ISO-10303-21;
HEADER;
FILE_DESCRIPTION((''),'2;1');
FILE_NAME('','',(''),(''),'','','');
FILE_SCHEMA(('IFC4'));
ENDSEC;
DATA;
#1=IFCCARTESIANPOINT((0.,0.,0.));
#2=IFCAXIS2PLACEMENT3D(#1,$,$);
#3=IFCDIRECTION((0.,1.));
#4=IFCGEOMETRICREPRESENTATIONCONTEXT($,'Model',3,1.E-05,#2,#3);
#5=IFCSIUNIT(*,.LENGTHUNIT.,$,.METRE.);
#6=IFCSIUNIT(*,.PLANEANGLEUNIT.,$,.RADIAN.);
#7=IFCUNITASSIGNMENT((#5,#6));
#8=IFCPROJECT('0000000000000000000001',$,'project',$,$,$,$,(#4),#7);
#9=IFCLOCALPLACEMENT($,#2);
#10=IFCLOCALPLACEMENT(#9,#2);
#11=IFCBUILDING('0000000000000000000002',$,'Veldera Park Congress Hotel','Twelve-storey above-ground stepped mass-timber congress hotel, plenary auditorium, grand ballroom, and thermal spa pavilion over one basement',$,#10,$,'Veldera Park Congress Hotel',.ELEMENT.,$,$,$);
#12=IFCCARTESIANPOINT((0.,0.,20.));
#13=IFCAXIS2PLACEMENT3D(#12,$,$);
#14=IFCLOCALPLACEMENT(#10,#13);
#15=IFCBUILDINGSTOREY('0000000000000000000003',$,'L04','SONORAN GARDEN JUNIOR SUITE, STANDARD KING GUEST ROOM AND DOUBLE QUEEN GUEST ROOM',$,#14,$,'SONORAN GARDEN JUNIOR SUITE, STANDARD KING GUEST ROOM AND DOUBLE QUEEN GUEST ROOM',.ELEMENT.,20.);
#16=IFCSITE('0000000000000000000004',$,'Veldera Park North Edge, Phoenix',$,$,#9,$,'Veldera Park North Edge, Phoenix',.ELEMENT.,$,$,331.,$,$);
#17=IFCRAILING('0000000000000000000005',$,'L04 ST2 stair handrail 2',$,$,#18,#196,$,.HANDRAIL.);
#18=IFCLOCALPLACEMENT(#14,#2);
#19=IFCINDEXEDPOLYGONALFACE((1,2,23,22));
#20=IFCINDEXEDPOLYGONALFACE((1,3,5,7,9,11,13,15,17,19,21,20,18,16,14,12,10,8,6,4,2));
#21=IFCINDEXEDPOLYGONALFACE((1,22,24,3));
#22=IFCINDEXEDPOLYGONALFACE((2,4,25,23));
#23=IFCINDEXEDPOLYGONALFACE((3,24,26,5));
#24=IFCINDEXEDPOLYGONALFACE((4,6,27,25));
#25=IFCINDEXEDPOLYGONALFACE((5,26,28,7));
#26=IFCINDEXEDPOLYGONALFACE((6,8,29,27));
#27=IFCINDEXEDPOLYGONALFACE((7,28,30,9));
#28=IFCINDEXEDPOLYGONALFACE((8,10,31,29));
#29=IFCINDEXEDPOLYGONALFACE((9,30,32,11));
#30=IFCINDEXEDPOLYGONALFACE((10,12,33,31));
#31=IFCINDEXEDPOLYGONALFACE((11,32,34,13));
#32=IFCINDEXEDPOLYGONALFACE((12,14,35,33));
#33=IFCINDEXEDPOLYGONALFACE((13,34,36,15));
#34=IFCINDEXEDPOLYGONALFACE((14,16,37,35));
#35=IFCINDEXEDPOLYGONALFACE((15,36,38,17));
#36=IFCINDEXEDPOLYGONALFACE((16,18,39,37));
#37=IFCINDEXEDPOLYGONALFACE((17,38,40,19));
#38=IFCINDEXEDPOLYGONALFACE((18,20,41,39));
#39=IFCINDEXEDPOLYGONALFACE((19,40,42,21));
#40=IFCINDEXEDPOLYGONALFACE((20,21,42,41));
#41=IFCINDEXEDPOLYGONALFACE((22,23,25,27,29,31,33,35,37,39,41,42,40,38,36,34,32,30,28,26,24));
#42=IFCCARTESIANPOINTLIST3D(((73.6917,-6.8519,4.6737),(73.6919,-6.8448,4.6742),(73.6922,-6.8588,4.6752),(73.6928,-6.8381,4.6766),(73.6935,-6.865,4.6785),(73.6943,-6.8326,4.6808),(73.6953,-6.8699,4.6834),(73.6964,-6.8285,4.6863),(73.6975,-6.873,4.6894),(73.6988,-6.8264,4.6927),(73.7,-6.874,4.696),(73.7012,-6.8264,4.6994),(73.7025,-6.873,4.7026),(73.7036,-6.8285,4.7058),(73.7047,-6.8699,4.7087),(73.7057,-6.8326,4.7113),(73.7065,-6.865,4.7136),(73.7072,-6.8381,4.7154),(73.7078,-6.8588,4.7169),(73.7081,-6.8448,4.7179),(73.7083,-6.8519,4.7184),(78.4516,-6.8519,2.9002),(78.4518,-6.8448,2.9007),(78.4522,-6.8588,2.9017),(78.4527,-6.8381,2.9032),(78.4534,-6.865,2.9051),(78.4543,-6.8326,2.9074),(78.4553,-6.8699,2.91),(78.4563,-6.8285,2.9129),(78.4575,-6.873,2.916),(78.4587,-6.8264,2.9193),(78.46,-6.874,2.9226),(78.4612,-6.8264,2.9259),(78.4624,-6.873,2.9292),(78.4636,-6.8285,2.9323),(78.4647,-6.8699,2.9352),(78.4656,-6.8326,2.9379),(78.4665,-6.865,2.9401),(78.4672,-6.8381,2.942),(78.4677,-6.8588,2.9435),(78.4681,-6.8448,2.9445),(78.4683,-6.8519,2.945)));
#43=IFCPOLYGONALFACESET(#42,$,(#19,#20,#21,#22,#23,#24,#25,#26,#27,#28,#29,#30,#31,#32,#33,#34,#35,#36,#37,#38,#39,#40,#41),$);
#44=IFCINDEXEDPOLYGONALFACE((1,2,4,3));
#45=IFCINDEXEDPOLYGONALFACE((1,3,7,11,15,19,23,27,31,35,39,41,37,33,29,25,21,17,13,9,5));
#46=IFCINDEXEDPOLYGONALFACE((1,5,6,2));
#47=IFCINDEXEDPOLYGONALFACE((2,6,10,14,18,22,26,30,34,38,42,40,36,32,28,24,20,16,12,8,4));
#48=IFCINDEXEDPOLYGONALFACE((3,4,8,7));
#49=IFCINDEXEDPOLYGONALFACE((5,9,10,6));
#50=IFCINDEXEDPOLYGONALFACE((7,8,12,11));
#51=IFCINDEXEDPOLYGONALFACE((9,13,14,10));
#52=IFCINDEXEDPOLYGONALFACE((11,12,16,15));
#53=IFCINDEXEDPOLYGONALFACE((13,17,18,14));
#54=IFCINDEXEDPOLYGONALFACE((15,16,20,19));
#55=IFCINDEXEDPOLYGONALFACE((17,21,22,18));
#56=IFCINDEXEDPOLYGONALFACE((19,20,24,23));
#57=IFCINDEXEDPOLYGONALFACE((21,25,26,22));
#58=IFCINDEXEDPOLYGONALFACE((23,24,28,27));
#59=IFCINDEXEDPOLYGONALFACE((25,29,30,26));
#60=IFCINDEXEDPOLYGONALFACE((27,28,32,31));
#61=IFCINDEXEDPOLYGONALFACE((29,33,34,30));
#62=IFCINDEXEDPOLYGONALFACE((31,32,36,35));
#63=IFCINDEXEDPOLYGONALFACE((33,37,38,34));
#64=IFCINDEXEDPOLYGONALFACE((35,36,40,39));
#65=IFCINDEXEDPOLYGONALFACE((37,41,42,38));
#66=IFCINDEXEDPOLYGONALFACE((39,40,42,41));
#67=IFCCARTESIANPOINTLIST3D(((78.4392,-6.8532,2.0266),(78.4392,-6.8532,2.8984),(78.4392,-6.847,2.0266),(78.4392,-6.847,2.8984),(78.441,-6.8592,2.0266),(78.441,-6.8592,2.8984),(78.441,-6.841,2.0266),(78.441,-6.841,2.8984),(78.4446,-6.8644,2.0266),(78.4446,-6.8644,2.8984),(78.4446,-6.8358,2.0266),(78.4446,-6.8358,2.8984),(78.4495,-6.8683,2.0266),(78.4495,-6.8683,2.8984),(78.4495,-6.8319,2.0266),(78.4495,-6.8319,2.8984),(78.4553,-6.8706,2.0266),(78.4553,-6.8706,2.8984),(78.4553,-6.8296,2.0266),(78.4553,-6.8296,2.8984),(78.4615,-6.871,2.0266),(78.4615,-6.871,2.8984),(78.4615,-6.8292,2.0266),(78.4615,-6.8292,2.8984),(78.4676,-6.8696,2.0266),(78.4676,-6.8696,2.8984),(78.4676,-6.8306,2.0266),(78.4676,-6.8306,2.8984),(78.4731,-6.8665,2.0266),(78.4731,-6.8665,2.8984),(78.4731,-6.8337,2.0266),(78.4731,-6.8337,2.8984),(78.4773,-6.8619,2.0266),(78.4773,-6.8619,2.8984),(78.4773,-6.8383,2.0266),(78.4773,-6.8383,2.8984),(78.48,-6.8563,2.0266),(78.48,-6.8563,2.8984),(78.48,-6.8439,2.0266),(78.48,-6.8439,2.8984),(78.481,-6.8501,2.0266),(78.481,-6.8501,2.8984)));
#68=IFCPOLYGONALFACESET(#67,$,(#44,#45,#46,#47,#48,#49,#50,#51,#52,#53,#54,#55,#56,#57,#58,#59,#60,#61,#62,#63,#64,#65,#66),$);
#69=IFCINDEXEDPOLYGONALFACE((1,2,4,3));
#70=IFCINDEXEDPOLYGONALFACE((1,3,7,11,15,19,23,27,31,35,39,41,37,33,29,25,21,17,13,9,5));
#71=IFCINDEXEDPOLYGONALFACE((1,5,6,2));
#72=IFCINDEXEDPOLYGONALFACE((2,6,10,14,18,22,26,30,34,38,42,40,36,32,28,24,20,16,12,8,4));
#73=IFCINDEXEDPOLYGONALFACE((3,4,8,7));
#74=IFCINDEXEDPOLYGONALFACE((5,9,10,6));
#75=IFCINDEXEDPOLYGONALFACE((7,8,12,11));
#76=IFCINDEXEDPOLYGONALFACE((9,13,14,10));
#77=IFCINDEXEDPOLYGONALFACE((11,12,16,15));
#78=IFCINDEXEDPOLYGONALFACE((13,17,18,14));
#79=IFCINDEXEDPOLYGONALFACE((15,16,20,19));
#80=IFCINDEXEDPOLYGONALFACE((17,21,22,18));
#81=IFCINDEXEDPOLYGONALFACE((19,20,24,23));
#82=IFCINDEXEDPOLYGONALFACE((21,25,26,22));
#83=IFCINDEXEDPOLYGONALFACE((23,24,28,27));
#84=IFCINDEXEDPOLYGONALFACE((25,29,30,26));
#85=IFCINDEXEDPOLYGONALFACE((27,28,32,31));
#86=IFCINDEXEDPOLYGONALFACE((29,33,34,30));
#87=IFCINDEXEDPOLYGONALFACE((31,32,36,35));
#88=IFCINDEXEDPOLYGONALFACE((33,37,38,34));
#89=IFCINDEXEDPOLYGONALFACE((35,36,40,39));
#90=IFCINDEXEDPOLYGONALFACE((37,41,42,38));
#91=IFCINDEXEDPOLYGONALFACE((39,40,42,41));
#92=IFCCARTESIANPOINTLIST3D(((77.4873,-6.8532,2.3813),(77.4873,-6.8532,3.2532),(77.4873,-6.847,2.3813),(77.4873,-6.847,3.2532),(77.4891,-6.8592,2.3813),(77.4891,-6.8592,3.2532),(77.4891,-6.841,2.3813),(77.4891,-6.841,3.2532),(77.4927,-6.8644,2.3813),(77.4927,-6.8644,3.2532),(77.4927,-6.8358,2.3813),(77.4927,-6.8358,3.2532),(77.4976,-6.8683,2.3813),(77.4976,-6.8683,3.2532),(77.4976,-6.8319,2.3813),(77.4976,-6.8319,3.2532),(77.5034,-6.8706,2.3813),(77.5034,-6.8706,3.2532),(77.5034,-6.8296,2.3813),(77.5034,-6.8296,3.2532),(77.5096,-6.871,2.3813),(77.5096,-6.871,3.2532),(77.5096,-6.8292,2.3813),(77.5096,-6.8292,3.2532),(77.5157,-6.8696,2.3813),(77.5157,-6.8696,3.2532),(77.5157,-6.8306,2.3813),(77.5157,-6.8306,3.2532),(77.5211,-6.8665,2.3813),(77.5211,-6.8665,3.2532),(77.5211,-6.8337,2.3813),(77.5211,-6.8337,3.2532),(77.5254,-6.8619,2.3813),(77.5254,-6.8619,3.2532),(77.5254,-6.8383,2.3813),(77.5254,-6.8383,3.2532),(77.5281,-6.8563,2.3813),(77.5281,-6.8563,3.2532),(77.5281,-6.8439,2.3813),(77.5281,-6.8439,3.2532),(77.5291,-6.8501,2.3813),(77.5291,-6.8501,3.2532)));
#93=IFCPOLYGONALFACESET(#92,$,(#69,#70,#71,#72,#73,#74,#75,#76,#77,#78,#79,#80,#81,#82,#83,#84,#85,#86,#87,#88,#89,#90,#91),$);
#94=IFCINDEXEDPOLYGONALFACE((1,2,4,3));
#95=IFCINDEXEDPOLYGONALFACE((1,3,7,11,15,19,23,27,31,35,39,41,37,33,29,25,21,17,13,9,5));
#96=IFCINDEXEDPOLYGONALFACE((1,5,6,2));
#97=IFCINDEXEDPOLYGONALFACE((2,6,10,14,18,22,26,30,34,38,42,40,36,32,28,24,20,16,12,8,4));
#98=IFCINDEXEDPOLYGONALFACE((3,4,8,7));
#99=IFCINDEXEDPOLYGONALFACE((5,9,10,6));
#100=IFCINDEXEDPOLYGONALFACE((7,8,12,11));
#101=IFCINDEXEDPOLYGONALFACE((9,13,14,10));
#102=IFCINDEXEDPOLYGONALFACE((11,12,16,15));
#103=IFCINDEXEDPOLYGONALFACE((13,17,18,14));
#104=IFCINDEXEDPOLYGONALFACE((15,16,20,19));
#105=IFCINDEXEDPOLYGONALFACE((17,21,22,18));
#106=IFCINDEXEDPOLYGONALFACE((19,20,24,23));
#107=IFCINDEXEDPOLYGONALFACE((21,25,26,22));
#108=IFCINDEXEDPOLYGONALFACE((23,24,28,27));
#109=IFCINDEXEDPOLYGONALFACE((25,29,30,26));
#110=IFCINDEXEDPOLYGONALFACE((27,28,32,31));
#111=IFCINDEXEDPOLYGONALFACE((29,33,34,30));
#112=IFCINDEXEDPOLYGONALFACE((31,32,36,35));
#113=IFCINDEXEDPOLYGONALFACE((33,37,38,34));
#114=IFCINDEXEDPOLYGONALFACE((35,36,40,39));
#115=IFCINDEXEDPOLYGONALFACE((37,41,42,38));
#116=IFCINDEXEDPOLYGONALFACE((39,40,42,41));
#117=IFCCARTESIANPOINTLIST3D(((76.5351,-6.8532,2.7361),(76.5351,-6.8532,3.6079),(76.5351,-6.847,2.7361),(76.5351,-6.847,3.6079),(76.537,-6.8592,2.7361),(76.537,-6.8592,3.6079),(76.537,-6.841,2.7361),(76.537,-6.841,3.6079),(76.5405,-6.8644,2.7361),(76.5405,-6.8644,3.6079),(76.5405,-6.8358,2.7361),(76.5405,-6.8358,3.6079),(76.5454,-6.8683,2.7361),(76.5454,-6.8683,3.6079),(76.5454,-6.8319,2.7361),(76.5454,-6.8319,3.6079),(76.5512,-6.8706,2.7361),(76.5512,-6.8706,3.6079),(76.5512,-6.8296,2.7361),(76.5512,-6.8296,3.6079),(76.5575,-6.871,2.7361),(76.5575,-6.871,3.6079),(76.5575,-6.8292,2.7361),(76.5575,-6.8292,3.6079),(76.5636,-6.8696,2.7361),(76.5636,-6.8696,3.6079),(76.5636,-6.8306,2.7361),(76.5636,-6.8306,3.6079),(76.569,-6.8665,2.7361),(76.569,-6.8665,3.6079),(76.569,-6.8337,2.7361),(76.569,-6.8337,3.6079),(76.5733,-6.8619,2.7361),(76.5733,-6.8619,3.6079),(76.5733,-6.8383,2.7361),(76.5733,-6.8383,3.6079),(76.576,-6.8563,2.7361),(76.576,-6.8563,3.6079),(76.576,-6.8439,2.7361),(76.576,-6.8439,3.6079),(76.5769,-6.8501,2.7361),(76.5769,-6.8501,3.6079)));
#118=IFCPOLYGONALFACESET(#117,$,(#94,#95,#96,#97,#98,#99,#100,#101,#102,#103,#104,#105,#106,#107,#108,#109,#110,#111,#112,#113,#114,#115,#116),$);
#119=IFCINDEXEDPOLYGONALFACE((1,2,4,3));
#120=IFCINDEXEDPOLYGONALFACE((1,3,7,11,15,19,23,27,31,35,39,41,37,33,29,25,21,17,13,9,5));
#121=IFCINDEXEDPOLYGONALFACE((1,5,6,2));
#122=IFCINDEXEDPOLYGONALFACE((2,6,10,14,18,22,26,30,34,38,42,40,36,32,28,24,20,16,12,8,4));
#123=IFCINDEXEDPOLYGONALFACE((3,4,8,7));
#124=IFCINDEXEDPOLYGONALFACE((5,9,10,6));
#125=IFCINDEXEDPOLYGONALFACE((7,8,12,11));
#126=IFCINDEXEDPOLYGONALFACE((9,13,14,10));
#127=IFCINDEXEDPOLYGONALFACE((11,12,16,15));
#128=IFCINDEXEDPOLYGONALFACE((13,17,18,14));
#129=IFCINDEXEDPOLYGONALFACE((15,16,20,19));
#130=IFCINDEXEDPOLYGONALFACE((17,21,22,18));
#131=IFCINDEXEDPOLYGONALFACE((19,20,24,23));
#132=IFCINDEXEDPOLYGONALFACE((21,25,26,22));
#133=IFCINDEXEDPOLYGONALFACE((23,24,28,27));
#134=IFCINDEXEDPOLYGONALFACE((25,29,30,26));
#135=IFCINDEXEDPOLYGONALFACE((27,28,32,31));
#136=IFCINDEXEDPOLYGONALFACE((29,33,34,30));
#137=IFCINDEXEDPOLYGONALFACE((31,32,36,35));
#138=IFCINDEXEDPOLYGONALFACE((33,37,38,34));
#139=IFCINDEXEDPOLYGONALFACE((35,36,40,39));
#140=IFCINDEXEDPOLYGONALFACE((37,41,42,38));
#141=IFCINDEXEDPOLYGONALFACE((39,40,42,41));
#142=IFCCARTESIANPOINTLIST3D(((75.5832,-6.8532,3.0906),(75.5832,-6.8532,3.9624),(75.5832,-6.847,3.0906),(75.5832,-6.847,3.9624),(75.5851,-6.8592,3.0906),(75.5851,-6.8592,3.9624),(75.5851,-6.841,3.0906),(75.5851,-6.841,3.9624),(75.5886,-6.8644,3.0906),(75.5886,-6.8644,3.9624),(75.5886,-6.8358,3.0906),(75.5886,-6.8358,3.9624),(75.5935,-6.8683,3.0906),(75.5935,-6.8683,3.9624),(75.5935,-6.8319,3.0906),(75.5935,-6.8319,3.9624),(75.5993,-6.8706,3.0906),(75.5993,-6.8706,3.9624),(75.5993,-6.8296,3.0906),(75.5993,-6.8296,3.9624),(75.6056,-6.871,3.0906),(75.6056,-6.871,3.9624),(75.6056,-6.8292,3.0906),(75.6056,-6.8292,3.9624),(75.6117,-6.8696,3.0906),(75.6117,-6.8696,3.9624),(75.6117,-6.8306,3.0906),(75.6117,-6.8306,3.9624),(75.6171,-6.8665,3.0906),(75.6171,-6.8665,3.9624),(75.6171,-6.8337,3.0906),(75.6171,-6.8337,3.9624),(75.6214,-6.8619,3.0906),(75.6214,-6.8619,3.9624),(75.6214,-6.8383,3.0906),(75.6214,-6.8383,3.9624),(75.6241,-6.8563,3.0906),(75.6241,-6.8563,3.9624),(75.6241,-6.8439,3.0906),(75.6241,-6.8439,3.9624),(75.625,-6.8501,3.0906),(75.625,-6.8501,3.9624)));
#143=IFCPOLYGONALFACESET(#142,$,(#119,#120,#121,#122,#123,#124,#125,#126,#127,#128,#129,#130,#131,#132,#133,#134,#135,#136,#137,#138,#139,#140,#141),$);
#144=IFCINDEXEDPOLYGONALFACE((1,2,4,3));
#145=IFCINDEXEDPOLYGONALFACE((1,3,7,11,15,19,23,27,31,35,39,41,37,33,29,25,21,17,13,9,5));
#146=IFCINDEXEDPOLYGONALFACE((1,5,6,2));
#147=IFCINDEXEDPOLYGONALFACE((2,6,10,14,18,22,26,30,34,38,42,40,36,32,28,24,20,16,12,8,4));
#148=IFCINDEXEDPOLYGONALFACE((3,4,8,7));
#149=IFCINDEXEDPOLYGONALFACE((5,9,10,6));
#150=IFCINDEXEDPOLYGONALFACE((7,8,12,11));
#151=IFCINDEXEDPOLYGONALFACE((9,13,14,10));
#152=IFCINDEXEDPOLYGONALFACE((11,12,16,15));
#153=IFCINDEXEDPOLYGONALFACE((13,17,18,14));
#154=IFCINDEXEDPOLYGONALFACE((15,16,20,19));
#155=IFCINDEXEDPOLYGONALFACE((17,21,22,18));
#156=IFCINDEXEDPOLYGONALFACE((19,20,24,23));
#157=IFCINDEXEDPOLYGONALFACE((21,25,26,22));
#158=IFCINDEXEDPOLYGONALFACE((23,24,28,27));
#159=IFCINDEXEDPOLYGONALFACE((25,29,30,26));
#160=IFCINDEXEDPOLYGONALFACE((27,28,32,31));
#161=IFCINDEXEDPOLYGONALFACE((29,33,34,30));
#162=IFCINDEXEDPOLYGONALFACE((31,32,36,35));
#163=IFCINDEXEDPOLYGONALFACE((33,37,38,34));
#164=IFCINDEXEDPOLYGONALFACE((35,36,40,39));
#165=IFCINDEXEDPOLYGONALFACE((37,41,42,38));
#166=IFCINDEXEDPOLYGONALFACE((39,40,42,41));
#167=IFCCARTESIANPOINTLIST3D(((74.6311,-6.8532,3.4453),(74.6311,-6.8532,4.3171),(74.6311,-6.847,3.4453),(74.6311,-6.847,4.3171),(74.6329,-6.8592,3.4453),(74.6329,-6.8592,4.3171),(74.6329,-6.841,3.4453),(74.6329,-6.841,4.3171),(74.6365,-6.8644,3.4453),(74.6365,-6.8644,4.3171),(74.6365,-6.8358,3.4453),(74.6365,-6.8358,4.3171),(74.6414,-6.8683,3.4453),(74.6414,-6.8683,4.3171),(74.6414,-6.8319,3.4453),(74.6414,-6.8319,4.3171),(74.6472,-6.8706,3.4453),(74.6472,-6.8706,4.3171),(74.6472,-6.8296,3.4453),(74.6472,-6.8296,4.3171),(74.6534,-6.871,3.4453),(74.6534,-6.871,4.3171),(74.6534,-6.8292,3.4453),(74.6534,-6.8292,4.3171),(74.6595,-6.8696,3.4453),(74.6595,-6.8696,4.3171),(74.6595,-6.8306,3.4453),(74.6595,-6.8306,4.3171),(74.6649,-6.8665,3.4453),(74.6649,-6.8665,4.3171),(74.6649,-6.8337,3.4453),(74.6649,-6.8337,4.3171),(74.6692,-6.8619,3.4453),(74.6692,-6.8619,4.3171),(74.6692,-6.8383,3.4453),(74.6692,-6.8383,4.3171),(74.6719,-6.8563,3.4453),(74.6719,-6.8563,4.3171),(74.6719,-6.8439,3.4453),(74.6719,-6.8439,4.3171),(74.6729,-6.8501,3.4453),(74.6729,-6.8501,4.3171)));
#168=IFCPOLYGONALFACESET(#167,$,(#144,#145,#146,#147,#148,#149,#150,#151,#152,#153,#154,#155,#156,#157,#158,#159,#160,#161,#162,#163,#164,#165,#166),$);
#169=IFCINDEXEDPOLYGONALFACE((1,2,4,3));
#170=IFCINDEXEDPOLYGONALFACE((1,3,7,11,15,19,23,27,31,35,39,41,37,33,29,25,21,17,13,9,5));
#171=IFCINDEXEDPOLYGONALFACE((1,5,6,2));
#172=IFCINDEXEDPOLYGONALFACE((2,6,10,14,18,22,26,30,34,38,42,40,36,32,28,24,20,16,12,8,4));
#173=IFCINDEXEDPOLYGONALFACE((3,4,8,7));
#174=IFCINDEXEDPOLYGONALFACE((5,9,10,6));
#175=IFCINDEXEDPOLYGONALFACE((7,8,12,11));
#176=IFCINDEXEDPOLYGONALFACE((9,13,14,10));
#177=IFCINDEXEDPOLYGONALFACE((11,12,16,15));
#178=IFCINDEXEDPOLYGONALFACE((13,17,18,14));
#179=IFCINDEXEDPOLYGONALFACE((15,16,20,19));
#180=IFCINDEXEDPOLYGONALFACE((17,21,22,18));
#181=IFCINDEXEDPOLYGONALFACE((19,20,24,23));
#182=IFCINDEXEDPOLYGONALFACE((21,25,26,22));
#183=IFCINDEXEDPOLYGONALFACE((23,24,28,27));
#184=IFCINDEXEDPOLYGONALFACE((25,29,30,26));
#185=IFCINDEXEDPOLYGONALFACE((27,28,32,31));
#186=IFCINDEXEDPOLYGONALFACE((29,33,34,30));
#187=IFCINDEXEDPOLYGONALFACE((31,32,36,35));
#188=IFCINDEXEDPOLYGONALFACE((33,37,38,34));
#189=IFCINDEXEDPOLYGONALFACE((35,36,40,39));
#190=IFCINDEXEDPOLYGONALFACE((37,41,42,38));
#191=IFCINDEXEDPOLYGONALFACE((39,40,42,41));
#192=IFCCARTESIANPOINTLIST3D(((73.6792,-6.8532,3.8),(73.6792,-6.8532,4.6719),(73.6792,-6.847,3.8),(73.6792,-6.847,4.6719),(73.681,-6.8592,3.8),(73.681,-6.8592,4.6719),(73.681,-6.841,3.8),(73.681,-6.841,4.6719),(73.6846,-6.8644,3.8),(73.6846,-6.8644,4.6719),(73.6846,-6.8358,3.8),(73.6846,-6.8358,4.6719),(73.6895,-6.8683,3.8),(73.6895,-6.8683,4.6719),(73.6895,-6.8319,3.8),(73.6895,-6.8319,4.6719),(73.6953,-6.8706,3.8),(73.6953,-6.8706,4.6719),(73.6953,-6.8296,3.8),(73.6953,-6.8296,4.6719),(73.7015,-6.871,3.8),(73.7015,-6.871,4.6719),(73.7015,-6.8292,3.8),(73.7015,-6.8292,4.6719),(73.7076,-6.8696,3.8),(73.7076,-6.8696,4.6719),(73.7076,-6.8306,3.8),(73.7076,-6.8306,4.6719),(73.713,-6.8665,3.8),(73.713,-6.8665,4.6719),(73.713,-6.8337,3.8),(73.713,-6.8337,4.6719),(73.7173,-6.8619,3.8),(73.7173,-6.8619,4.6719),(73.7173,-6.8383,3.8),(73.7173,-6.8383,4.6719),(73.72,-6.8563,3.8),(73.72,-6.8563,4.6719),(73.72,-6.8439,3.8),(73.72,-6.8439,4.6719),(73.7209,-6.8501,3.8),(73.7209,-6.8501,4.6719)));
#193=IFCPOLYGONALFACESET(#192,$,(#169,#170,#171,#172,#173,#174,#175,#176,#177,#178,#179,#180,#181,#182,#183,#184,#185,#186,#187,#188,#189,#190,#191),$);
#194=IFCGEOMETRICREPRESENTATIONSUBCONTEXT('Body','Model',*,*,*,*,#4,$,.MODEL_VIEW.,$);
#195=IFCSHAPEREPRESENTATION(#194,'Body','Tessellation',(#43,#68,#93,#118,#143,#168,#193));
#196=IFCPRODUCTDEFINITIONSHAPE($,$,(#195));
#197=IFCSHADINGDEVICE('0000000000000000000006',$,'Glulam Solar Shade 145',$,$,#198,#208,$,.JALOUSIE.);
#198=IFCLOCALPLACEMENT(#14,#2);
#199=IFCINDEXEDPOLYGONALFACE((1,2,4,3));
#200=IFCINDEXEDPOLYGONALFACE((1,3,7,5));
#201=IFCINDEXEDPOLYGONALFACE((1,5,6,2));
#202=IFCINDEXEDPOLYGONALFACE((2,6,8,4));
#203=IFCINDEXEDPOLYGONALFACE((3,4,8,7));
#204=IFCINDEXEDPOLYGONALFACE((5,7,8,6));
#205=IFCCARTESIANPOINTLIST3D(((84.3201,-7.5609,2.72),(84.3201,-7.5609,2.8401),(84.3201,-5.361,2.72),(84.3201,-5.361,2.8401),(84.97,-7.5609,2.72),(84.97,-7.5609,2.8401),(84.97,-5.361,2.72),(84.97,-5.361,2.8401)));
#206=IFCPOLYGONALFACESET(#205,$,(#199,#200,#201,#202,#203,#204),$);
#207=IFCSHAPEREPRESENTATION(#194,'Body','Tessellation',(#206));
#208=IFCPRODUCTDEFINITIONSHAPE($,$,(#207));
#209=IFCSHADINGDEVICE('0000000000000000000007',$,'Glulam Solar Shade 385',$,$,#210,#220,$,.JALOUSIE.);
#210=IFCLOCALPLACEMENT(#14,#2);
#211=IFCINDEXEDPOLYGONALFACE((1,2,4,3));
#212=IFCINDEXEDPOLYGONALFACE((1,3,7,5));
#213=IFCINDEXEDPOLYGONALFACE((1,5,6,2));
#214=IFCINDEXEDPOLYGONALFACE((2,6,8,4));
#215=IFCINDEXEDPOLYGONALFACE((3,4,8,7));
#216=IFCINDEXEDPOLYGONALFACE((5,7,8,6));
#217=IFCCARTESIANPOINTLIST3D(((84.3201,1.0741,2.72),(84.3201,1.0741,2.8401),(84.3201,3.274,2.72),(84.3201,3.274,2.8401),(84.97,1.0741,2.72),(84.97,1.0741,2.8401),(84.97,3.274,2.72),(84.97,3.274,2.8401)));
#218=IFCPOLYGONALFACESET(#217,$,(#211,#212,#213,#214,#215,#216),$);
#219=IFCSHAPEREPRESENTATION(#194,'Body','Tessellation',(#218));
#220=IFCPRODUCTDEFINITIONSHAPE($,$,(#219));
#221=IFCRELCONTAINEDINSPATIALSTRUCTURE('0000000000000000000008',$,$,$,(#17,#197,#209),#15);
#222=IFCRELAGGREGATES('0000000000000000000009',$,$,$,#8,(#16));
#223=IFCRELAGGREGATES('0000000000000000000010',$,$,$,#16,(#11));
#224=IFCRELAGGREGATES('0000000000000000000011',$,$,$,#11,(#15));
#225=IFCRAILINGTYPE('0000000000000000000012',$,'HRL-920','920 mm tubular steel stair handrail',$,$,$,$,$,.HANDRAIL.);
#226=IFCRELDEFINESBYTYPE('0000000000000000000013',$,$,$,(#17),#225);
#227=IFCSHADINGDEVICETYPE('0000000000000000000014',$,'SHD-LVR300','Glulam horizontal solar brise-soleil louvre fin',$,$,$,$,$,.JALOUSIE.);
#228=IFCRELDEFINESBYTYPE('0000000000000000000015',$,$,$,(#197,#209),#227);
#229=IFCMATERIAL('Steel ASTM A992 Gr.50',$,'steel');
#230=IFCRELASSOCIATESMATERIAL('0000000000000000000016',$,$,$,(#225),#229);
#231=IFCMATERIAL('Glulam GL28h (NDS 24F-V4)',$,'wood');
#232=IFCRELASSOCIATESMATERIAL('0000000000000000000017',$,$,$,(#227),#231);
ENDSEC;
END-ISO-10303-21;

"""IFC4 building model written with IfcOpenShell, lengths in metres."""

from ifc_helpers import new_model, si_unit, direction, frame, origin, origin_2d, place, context, subcontext, project, spatial, rectangle, circle, extrude, material, type_object, element, save


model = new_model("IFC4")

# Units and contexts
model_context = context("Model", 3, precision=1e-05, world=origin(), true_north=direction((0.0, 1.0)))
body_context = subcontext(model_context, "Body", "Model", "MODEL_VIEW")
ifc_project = project(units=[si_unit("LENGTHUNIT", "METRE"), si_unit("PLANEANGLEUNIT", "RADIAN")], contexts=[model_context])

# Site, building, storey
site_placement = place(None, origin())
site = spatial("IfcSite", under=ifc_project, at=site_placement, Name="Veldera Park North Edge, Phoenix", LongName="Veldera Park North Edge, Phoenix", CompositionType="ELEMENT", RefElevation=331.0)
building_placement = place(site_placement, origin())
building = spatial("IfcBuilding", under=site, at=building_placement, Name="Veldera Park Congress Hotel", Description="Twelve-storey above-ground stepped mass-timber congress hotel, plenary auditorium, grand ballroom, and thermal spa pavilion over one basement", LongName="Veldera Park Congress Hotel", CompositionType="ELEMENT")
storey_placement = place(building_placement, frame((0.0, 0.0, 20.0)))
storey = spatial("IfcBuildingStorey", under=building, at=storey_placement, Name="L04", Description="SONORAN GARDEN JUNIOR SUITE, STANDARD KING GUEST ROOM AND DOUBLE QUEEN GUEST ROOM", LongName="SONORAN GARDEN JUNIOR SUITE, STANDARD KING GUEST ROOM AND DOUBLE QUEEN GUEST ROOM", CompositionType="ELEMENT", Elevation=20.0)

# Shared definitions
ifc_material_1 = material(Name="Glulam GL28h (NDS 24F-V4)", Category="wood")

# Railing
ifc_material_2 = material(Name="Steel ASTM A992 Gr.50", Category="steel")
railing_type = type_object("IfcRailingType", Name="HRL-920", Description="920 mm tubular steel stair handrail", PredefinedType="HANDRAIL", material=ifc_material_2)
railing_placement = place(storey_placement, frame((78.46, -6.8501, 2.0266)))
element("IfcRailing", 1, at=railing_placement, inside=storey, type_object=railing_type, Name="L04 ST2 stair handrail 2", PredefinedType="HANDRAIL", context=body_context, shape_type="SweptSolid", body=[
    extrude(circle(Radius=0.0239, at=origin_2d()), frame((0.0, 0.0, 0.896), z_axis=(-0.937076, 0.0, 0.349126), x_axis=(0.0, -1.0, 0.0)), (0.0, 0.0, 1.0), 5.0796),
    extrude(circle(Radius=0.021, at=origin_2d()), origin(), (0.0, 0.0, 1.0), 0.8718),
    extrude(circle(Radius=0.021, at=origin_2d()), frame((-0.9519, 0.0, 0.3547)), (0.0, 0.0, 1.0), 0.8718),
    extrude(circle(Radius=0.021, at=origin_2d()), frame((-1.9041, 0.0, 0.7095)), (0.0, 0.0, 1.0), 0.8718),
    extrude(circle(Radius=0.021, at=origin_2d()), frame((-2.856, 0.0, 1.064)), (0.0, 0.0, 1.0), 0.8718),
    extrude(circle(Radius=0.021, at=origin_2d()), frame((-3.8081, 0.0, 1.4187)), (0.0, 0.0, 1.0), 0.8718),
    extrude(circle(Radius=0.021, at=origin_2d()), frame((-4.76, 0.0, 1.7734)), (0.0, 0.0, 1.0), 0.8718),
])

# Shading devices
shading_device_type = type_object("IfcShadingDeviceType", Name="SHD-LVR300", Description="Glulam horizontal solar brise-soleil louvre fin", PredefinedType="JALOUSIE", material=ifc_material_1)
for number, where, z_axis, x_axis, name in (
    (2, (84.645, -6.4609, 2.72), (0.0, 0.0, 1.0), (0.0, 1.0, 0.0), "Glulam Solar Shade 145"),
    (3, (84.645, 2.1741, 2.72), (0.0, 0.0, 1.0), (0.0, 1.0, 0.0), "Glulam Solar Shade 385"),
):
    element("IfcShadingDevice", number, at=place(storey_placement, frame(where, z_axis=z_axis, x_axis=x_axis)), inside=storey, type_object=shading_device_type, Name=name, PredefinedType="JALOUSIE", context=body_context, shape_type="SweptSolid", body=[
        extrude(rectangle(XDim=2.2, YDim=0.6499, at=origin_2d()), origin(), (0.0, 0.0, 1.0), 0.1201),
    ])

save(model, "model.ifc")
